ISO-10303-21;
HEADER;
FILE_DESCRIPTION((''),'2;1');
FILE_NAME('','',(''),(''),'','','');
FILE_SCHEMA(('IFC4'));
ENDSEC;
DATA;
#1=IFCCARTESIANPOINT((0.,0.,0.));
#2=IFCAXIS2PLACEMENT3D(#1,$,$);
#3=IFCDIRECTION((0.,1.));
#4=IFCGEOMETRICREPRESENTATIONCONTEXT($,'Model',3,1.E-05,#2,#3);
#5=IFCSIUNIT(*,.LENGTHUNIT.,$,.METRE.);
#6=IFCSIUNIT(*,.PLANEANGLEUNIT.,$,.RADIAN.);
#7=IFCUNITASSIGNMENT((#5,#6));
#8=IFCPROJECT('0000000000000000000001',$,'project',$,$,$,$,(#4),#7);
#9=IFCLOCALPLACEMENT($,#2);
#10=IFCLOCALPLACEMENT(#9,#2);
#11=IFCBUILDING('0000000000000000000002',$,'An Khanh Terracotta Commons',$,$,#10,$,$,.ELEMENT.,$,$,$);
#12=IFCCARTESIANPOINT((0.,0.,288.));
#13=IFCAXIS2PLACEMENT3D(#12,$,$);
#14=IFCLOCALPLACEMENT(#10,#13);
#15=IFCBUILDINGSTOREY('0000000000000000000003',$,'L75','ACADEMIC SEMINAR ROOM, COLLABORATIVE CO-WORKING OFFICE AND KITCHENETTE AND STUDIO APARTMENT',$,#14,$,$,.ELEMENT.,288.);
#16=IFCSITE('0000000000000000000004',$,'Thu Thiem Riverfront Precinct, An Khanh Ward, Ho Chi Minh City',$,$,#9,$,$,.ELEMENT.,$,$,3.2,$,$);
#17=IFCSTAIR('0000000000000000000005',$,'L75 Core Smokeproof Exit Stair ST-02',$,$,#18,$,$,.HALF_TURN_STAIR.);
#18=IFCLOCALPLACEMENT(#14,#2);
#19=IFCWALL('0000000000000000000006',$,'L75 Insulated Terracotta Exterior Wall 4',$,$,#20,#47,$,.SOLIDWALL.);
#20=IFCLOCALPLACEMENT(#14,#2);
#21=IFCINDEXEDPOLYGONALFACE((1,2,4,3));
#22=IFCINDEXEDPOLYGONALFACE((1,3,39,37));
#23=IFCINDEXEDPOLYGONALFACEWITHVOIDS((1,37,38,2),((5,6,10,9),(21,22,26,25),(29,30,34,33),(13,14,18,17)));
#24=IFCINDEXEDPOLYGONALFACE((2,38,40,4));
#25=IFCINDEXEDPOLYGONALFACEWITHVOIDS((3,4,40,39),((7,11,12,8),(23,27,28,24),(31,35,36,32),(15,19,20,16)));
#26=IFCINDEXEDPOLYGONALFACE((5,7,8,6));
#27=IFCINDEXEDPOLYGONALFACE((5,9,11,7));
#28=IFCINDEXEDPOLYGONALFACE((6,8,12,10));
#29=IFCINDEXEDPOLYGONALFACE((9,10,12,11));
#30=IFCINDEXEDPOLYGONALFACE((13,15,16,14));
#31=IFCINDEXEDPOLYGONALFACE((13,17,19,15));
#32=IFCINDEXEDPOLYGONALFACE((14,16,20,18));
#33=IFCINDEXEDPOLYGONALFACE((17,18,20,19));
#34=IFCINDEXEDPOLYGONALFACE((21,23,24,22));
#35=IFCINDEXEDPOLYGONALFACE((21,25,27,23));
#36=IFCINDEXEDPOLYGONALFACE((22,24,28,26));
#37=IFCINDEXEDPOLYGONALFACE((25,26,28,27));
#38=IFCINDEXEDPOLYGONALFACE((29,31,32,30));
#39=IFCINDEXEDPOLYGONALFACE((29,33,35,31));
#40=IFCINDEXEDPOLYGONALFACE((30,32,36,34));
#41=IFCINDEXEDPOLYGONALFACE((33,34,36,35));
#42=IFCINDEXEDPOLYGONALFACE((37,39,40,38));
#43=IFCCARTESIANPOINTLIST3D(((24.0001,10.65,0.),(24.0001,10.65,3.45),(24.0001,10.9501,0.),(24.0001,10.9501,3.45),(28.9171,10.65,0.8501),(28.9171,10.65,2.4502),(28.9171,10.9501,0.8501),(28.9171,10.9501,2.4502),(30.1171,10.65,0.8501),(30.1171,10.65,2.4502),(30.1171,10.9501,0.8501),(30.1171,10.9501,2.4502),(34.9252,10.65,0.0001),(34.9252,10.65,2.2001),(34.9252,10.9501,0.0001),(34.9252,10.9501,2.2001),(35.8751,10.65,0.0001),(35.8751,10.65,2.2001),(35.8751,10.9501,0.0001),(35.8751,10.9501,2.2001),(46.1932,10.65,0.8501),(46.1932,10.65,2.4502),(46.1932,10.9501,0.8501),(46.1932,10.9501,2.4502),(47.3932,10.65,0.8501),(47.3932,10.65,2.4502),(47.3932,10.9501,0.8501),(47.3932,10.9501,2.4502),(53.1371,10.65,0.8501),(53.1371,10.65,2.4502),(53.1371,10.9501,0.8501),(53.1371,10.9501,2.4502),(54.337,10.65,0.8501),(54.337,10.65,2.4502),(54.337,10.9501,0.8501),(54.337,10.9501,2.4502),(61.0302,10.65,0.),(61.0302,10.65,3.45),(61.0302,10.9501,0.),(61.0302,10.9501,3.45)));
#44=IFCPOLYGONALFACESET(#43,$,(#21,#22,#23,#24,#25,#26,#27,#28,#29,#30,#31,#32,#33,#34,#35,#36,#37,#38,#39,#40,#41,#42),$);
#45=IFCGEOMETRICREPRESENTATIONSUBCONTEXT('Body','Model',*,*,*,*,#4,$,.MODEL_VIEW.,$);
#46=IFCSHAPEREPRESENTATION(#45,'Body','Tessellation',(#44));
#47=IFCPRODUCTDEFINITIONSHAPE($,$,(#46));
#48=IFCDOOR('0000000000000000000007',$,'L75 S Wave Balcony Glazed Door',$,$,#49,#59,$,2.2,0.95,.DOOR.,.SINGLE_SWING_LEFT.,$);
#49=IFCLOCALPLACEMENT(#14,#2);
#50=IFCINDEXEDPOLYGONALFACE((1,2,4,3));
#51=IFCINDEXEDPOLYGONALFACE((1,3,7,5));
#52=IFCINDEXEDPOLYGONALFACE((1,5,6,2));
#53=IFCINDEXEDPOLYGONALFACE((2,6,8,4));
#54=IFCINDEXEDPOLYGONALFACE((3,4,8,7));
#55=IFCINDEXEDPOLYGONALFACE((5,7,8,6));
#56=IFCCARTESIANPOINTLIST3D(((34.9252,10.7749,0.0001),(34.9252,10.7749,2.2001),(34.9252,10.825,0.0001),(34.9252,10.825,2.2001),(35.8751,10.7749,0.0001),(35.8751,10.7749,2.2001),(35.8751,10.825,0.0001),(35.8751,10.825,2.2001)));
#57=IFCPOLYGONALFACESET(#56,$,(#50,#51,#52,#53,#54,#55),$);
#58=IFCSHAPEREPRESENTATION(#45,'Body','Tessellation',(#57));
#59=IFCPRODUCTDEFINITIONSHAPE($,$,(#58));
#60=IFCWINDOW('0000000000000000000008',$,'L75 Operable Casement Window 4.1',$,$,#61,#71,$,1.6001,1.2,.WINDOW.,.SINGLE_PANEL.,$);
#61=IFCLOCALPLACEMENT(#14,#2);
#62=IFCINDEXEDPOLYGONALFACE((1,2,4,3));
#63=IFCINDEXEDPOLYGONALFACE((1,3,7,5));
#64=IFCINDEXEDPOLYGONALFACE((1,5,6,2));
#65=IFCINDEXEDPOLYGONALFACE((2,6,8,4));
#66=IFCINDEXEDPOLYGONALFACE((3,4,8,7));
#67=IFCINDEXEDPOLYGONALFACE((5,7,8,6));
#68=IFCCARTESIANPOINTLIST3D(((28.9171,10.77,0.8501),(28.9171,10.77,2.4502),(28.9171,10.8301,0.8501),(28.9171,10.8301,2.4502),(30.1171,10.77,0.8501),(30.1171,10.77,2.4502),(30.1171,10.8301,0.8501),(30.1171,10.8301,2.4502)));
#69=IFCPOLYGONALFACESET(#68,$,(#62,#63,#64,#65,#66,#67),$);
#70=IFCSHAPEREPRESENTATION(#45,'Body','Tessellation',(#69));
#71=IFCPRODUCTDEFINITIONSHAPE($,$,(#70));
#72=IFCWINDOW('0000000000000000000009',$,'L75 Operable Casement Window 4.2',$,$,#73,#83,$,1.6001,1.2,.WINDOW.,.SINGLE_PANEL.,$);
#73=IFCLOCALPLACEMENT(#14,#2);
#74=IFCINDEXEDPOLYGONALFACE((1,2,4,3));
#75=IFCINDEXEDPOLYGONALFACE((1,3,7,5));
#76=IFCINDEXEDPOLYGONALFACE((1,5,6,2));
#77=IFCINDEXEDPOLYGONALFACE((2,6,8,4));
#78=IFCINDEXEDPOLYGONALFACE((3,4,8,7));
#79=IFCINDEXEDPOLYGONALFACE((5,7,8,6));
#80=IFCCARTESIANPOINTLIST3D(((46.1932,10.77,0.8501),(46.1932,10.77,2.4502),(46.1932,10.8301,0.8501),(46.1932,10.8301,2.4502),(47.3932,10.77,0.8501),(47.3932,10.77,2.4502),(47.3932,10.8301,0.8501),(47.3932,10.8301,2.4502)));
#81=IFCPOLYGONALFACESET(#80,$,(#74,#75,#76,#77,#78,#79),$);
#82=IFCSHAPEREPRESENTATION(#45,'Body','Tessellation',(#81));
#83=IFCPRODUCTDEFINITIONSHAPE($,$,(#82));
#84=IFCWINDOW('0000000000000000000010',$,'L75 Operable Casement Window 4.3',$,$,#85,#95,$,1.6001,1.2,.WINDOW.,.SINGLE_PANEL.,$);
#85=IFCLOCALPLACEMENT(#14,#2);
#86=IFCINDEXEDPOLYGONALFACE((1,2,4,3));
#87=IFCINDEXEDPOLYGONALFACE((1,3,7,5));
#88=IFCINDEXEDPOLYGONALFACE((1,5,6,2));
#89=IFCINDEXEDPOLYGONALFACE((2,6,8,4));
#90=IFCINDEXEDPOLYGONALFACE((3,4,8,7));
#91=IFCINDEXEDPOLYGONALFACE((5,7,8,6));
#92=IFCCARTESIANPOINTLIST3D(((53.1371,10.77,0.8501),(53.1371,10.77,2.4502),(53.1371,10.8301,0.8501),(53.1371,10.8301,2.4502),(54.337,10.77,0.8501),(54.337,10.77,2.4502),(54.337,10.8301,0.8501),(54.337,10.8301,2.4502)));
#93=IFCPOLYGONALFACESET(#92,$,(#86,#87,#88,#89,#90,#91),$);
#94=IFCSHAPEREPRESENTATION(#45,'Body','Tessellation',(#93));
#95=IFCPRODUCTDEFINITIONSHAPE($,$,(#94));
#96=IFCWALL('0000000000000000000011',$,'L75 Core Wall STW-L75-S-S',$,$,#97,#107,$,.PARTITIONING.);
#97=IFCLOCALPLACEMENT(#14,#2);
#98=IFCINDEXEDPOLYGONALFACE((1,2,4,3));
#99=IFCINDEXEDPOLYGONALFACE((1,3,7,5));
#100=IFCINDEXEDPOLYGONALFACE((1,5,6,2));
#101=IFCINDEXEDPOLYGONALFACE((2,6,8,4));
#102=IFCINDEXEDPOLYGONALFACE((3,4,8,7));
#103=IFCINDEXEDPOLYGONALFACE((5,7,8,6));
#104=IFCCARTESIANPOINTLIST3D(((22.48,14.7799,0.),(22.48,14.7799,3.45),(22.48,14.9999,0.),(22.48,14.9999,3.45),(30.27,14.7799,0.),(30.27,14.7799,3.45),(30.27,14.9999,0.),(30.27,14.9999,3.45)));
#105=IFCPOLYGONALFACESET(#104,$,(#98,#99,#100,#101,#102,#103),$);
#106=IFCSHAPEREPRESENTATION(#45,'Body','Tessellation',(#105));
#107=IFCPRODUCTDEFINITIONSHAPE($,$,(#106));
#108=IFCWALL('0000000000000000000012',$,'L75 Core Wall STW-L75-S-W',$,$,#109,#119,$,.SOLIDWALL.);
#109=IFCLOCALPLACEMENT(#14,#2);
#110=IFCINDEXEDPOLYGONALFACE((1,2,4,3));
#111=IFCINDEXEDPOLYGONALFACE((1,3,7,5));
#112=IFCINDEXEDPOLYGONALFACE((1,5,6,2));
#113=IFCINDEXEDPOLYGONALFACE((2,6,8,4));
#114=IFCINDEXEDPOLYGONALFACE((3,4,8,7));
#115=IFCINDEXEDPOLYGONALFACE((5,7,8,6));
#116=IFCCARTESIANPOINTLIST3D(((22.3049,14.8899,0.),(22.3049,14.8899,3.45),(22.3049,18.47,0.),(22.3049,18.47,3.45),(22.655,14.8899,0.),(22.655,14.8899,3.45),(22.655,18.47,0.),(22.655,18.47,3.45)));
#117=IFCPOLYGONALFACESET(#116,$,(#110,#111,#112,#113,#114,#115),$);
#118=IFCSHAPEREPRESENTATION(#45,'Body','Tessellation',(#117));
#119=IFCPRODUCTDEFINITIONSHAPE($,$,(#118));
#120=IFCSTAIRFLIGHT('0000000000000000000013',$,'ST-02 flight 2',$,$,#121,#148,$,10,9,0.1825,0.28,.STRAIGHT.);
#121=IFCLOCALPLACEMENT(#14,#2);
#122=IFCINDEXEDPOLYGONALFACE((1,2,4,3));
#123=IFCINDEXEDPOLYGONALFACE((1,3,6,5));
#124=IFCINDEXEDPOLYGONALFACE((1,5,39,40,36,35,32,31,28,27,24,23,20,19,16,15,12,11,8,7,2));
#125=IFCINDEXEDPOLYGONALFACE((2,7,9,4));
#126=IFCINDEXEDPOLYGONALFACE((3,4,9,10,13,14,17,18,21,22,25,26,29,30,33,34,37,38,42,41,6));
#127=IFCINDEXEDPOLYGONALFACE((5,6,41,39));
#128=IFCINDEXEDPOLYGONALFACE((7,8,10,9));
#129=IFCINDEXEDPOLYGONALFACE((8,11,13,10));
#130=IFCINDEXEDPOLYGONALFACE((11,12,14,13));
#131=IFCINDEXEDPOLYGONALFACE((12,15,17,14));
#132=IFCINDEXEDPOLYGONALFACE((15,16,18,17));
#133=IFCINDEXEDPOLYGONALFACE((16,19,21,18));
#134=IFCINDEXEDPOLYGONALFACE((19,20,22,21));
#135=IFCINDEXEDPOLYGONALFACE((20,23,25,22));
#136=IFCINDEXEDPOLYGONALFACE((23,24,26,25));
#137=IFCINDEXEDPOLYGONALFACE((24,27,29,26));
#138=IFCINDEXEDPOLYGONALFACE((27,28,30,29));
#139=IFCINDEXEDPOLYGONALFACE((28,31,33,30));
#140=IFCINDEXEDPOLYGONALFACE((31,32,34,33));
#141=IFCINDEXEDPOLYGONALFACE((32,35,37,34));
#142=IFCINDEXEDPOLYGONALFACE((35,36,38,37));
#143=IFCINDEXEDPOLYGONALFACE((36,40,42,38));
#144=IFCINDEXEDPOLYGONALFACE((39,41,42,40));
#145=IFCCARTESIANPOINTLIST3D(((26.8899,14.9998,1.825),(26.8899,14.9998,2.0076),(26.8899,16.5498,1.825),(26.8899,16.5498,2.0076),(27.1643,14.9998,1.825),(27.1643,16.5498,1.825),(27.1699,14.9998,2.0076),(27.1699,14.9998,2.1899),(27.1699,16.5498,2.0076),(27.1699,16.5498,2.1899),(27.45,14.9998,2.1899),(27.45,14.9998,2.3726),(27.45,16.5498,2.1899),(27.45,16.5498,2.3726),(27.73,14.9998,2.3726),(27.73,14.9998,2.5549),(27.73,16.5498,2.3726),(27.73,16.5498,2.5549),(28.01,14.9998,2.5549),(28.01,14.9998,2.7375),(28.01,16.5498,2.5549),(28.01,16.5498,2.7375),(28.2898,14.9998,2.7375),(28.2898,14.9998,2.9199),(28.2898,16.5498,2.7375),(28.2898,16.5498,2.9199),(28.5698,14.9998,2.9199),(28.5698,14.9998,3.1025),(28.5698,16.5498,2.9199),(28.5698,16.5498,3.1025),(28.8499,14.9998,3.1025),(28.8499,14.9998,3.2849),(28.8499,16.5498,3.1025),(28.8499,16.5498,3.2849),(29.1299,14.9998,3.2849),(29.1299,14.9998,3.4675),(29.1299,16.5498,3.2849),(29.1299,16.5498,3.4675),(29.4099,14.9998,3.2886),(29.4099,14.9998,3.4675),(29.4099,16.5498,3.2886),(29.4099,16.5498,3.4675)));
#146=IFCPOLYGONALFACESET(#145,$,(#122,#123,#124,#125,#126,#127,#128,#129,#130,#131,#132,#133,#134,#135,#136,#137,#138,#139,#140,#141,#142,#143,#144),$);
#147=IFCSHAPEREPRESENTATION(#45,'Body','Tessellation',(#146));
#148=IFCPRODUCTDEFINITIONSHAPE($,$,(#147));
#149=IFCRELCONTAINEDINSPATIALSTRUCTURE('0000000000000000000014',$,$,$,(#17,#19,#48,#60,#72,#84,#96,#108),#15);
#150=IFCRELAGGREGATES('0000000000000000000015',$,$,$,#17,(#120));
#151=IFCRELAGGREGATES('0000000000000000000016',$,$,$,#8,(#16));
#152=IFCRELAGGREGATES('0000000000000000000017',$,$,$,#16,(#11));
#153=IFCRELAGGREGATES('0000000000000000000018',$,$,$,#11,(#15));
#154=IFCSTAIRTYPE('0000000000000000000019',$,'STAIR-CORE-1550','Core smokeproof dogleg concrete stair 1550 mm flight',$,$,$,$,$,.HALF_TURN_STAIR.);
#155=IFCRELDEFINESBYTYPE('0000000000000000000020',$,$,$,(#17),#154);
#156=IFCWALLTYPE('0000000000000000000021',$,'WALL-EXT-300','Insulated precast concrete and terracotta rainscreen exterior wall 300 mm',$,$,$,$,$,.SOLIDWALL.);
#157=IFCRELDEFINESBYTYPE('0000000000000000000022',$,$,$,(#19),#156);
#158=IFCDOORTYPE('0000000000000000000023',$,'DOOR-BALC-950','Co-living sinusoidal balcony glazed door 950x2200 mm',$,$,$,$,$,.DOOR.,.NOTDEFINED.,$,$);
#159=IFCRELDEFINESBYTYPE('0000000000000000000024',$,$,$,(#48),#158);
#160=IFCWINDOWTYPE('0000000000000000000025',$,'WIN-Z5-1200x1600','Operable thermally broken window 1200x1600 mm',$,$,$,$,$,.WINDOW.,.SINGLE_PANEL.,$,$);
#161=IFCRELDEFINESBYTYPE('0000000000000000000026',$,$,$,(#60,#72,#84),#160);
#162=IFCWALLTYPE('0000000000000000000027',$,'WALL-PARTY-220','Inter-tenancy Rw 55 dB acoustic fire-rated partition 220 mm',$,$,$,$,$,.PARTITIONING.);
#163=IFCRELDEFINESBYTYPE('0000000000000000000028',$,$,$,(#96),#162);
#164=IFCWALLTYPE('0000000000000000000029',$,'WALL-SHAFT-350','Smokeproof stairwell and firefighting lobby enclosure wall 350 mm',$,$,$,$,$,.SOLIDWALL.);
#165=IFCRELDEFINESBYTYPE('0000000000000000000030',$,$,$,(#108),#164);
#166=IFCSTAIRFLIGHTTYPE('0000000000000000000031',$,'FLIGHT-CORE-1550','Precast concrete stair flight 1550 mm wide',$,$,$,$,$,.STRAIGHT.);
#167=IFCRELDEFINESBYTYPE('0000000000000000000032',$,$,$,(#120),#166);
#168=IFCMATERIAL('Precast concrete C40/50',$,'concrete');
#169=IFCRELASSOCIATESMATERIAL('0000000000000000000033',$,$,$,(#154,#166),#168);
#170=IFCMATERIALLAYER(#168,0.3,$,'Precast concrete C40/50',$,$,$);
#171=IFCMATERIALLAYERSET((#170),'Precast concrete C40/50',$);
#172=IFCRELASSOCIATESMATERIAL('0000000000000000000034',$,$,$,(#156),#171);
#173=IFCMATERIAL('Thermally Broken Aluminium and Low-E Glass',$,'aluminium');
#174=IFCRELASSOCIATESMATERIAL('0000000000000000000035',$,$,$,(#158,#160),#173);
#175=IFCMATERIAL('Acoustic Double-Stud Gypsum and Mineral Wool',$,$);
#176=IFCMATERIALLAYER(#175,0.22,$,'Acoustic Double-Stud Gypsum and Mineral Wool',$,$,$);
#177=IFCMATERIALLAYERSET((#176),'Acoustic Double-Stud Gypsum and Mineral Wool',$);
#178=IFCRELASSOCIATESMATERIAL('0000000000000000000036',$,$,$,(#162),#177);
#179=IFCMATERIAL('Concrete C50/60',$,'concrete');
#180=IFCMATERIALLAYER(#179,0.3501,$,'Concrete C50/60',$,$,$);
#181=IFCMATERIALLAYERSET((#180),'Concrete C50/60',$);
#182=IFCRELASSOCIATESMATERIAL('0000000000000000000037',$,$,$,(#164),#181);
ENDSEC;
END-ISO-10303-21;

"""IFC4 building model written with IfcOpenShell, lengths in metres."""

from ifc_helpers import new_model, si_unit, direction, frame, frame_2d, origin, place, context, subcontext, project, spatial, polyline, rectangle, outline, extrude, material, layer, layer_set, type_object, element, fill, aggregate, save


model = new_model("IFC4")

# Units and contexts
model_context = context("Model", 3, precision=1e-05, world=origin(), true_north=direction((0.0, 1.0)))
body_context = subcontext(model_context, "Body", "Model", "MODEL_VIEW")
ifc_project = project(units=[si_unit("LENGTHUNIT", "METRE"), si_unit("PLANEANGLEUNIT", "RADIAN")], contexts=[model_context])

# Site, building, storey
site_placement = place(None, origin())
site = spatial("IfcSite", under=ifc_project, at=site_placement, Name="Thu Thiem Riverfront Precinct, An Khanh Ward, Ho Chi Minh City", CompositionType="ELEMENT", RefElevation=3.2)
building_placement = place(site_placement, origin())
building = spatial("IfcBuilding", under=site, at=building_placement, Name="An Khanh Terracotta Commons", CompositionType="ELEMENT")
storey_placement = place(building_placement, frame((0.0, 0.0, 288.0)))
storey = spatial("IfcBuildingStorey", under=building, at=storey_placement, Name="L75", Description="ACADEMIC SEMINAR ROOM, COLLABORATIVE CO-WORKING OFFICE AND KITCHENETTE AND STUDIO APARTMENT", CompositionType="ELEMENT", Elevation=288.0)

# Shared definitions
ifc_material_1 = material(Name="Concrete C50/60", Category="concrete")

# Stair
ifc_material_2 = material(Name="Precast concrete C40/50", Category="concrete")
stair_type = type_object("IfcStairType", Name="STAIR-CORE-1550", Description="Core smokeproof dogleg concrete stair 1550 mm flight", PredefinedType="HALF_TURN_STAIR", material=ifc_material_2)
stair_1_placement = place(storey_placement, origin())
stair_1 = element("IfcStair", 1, at=stair_1_placement, inside=storey, type_object=stair_type, Name="L75 Core Smokeproof Exit Stair ST-02", PredefinedType="HALF_TURN_STAIR")

# Shared definitions
ifc_layer_1 = layer(ifc_material_2, 0.3, Name="Precast concrete C40/50")
ifc_layer_set_1 = layer_set([ifc_layer_1], Name="Precast concrete C40/50")
wall_type_1 = type_object("IfcWallType", Name="WALL-EXT-300", Description="Insulated precast concrete and terracotta rainscreen exterior wall 300 mm", PredefinedType="SOLIDWALL", material=ifc_layer_set_1)

# Wall, openings, door, windows
wall_1_placement = place(storey_placement, frame((24.0, 10.8, 0.0), z_axis=(0.0, 0.0, 1.0), x_axis=(1.0, 0.0, 0.0)))
wall_1 = element("IfcWall", 2, at=wall_1_placement, inside=storey, type_object=wall_type_1, Name="L75 Insulated Terracotta Exterior Wall 4", PredefinedType="SOLIDWALL", context=body_context, shape_type="SweptSolid", body=[
    extrude(rectangle(XDim=37.03, YDim=0.3, at=frame_2d((18.5151, 0.0))), origin(), (0.0, 0.0, 1.0), 3.45),
])
opening_1_placement = place(wall_1_placement, frame((10.925, 0.0, 0.0)))
opening_1 = element("IfcOpeningElement", 3, at=opening_1_placement, cuts=wall_1, PredefinedType="OPENING", context=body_context, shape_type="SweptSolid", body=[
    extrude(rectangle(XDim=0.95, YDim=2.2, at=frame_2d((0.4751, 1.1001))), frame((0.0, 0.1599, 0.0), z_axis=(0.0, -1.0, 0.0), x_axis=(1.0, 0.0, 0.0)), (0.0, 0.0, 1.0), 0.3201),
])
opening_2_placement = place(wall_1_placement, frame((4.917, 0.0, 0.8501)))
opening_2 = element("IfcOpeningElement", 4, at=opening_2_placement, cuts=wall_1, PredefinedType="OPENING", context=body_context, shape_type="SweptSolid", body=[
    extrude(rectangle(XDim=1.2, YDim=1.6001, at=frame_2d((0.6001, 0.8))), frame((0.0, 0.1599, 0.0), z_axis=(0.0, -1.0, 0.0), x_axis=(1.0, 0.0, 0.0)), (0.0, 0.0, 1.0), 0.3201),
])
opening_3_placement = place(wall_1_placement, frame((22.1931, 0.0, 0.8501)))
opening_3 = element("IfcOpeningElement", 5, at=opening_3_placement, cuts=wall_1, PredefinedType="OPENING", context=body_context, shape_type="SweptSolid", body=[
    extrude(rectangle(XDim=1.2, YDim=1.6001, at=frame_2d((0.6001, 0.8))), frame((0.0, 0.1599, 0.0), z_axis=(0.0, -1.0, 0.0), x_axis=(1.0, 0.0, 0.0)), (0.0, 0.0, 1.0), 0.3201),
])
opening_4_placement = place(wall_1_placement, frame((29.137, 0.0, 0.8501)))
opening_4 = element("IfcOpeningElement", 6, at=opening_4_placement, cuts=wall_1, PredefinedType="OPENING", context=body_context, shape_type="SweptSolid", body=[
    extrude(rectangle(XDim=1.2, YDim=1.6001, at=frame_2d((0.6001, 0.8))), frame((0.0, 0.1599, 0.0), z_axis=(0.0, -1.0, 0.0), x_axis=(1.0, 0.0, 0.0)), (0.0, 0.0, 1.0), 0.3201),
])
ifc_material_3 = material(Name="Thermally Broken Aluminium and Low-E Glass", Category="aluminium")
door_type = type_object("IfcDoorType", Name="DOOR-BALC-950", Description="Co-living sinusoidal balcony glazed door 950x2200 mm", OperationType="NOTDEFINED", PredefinedType="DOOR", material=ifc_material_3)
door_placement = place(opening_1_placement, origin())
door = element("IfcDoor", 7, at=door_placement, inside=storey, type_object=door_type, Name="L75 S Wave Balcony Glazed Door", OperationType="SINGLE_SWING_LEFT", OverallHeight=2.2, OverallWidth=0.95, PredefinedType="DOOR", context=body_context, shape_type="SweptSolid", body=[
    extrude(rectangle(XDim=0.95, YDim=2.2, at=frame_2d((0.4751, 1.1001))), frame((0.0, 0.0249, 0.0), z_axis=(0.0, -1.0, 0.0), x_axis=(1.0, 0.0, 0.0)), (0.0, 0.0, 1.0), 0.05),
])
fill(opening_1, door)
window_type = type_object("IfcWindowType", Name="WIN-Z5-1200x1600", Description="Operable thermally broken window 1200x1600 mm", PartitioningType="SINGLE_PANEL", PredefinedType="WINDOW", material=ifc_material_3)
window_1_placement = place(opening_2_placement, origin())
window_1 = element("IfcWindow", 8, at=window_1_placement, inside=storey, type_object=window_type, Name="L75 Operable Casement Window 4.1", OverallHeight=1.6001, OverallWidth=1.2, PartitioningType="SINGLE_PANEL", PredefinedType="WINDOW", context=body_context, shape_type="SweptSolid", body=[
    extrude(rectangle(XDim=1.2, YDim=1.6001, at=frame_2d((0.6001, 0.8))), frame((0.0, 0.03, 0.0), z_axis=(0.0, -1.0, 0.0), x_axis=(1.0, 0.0, 0.0)), (0.0, 0.0, 1.0), 0.0601),
])
fill(opening_2, window_1)
window_2_placement = place(opening_3_placement, origin())
window_2 = element("IfcWindow", 9, at=window_2_placement, inside=storey, type_object=window_type, Name="L75 Operable Casement Window 4.2", OverallHeight=1.6001, OverallWidth=1.2, PartitioningType="SINGLE_PANEL", PredefinedType="WINDOW", context=body_context, shape_type="SweptSolid", body=[
    extrude(rectangle(XDim=1.2, YDim=1.6001, at=frame_2d((0.6001, 0.8))), frame((0.0, 0.03, 0.0), z_axis=(0.0, -1.0, 0.0), x_axis=(1.0, 0.0, 0.0)), (0.0, 0.0, 1.0), 0.0601),
])
fill(opening_3, window_2)
window_3_placement = place(opening_4_placement, origin())
window_3 = element("IfcWindow", 10, at=window_3_placement, inside=storey, type_object=window_type, Name="L75 Operable Casement Window 4.3", OverallHeight=1.6001, OverallWidth=1.2, PartitioningType="SINGLE_PANEL", PredefinedType="WINDOW", context=body_context, shape_type="SweptSolid", body=[
    extrude(rectangle(XDim=1.2, YDim=1.6001, at=frame_2d((0.6001, 0.8))), frame((0.0, 0.03, 0.0), z_axis=(0.0, -1.0, 0.0), x_axis=(1.0, 0.0, 0.0)), (0.0, 0.0, 1.0), 0.0601),
])
fill(opening_4, window_3)

# Walls
ifc_material_4 = material(Name="Acoustic Double-Stud Gypsum and Mineral Wool")
ifc_layer_2 = layer(ifc_material_4, 0.22, Name="Acoustic Double-Stud Gypsum and Mineral Wool")
ifc_layer_set_2 = layer_set([ifc_layer_2], Name="Acoustic Double-Stud Gypsum and Mineral Wool")
wall_type_2 = type_object("IfcWallType", Name="WALL-PARTY-220", Description="Inter-tenancy Rw 55 dB acoustic fire-rated partition 220 mm", PredefinedType="PARTITIONING", material=ifc_layer_set_2)
wall_2_placement = place(storey_placement, frame((22.48, 14.8899, 0.0), z_axis=(0.0, 0.0, 1.0), x_axis=(1.0, 0.0, 0.0)))
element("IfcWall", 11, at=wall_2_placement, inside=storey, type_object=wall_type_2, Name="L75 Core Wall STW-L75-S-S", PredefinedType="PARTITIONING", context=body_context, shape_type="SweptSolid", body=[
    extrude(rectangle(XDim=7.79, YDim=0.22, at=frame_2d((3.895, 0.0))), origin(), (0.0, 0.0, 1.0), 3.45),
])
ifc_layer_3 = layer(ifc_material_1, 0.3501, Name="Concrete C50/60")
ifc_layer_set_3 = layer_set([ifc_layer_3], Name="Concrete C50/60")
wall_type_3 = type_object("IfcWallType", Name="WALL-SHAFT-350", Description="Smokeproof stairwell and firefighting lobby enclosure wall 350 mm", PredefinedType="SOLIDWALL", material=ifc_layer_set_3)
wall_3_placement = place(storey_placement, frame((22.48, 14.8899, 0.0), z_axis=(0.0, 0.0, 1.0), x_axis=(0.0, 1.0, 0.0)))
element("IfcWall", 12, at=wall_3_placement, inside=storey, type_object=wall_type_3, Name="L75 Core Wall STW-L75-S-W", PredefinedType="SOLIDWALL", context=body_context, shape_type="SweptSolid", body=[
    extrude(rectangle(XDim=3.5801, YDim=0.3501, at=frame_2d((1.79, 0.0))), origin(), (0.0, 0.0, 1.0), 3.45),
])

# Stair flight
stair_flight_type = type_object("IfcStairFlightType", Name="FLIGHT-CORE-1550", Description="Precast concrete stair flight 1550 mm wide", PredefinedType="STRAIGHT", material=ifc_material_2)
stair_flight_placement = place(storey_placement, frame((26.8899, 15.7749, 1.825), z_axis=(0.0, 0.0, 1.0), x_axis=(1.0, 0.0, 0.0)))
stair_flight = element("IfcStairFlight", 13, at=stair_flight_placement, type_object=stair_flight_type, Name="ST-02 flight 2", NumberOfRisers=10, NumberOfTreads=9, PredefinedType="STRAIGHT", RiserHeight=0.1825, TreadLength=0.28, context=body_context, shape_type="SweptSolid", body=[
    extrude(outline(polyline([(0.0, 0.0), (0.0, 0.1826), (0.28, 0.1826), (0.28, 0.365), (0.5601, 0.365), (0.5601, 0.5476), (0.8401, 0.5476), (0.8401, 0.73), (1.1201, 0.73), (1.1201, 0.9126), (1.3999, 0.9126), (1.3999, 1.095), (1.6799, 1.095), (1.6799, 1.2776), (1.96, 1.2776), (1.96, 1.46), (2.24, 1.46), (2.24, 1.6426), (2.52, 1.6426), (2.52, 1.825), (2.52, 1.4636), (0.2744, 0.0), (0.0, 0.0)])), frame((0.0, 0.7749, 0.0), z_axis=(0.0, -1.0, 0.0), x_axis=(1.0, 0.0, 0.0)), (0.0, 0.0, 1.0), 1.55),
])
aggregate(stair_1, [stair_flight])

save(model, "model.ifc")
